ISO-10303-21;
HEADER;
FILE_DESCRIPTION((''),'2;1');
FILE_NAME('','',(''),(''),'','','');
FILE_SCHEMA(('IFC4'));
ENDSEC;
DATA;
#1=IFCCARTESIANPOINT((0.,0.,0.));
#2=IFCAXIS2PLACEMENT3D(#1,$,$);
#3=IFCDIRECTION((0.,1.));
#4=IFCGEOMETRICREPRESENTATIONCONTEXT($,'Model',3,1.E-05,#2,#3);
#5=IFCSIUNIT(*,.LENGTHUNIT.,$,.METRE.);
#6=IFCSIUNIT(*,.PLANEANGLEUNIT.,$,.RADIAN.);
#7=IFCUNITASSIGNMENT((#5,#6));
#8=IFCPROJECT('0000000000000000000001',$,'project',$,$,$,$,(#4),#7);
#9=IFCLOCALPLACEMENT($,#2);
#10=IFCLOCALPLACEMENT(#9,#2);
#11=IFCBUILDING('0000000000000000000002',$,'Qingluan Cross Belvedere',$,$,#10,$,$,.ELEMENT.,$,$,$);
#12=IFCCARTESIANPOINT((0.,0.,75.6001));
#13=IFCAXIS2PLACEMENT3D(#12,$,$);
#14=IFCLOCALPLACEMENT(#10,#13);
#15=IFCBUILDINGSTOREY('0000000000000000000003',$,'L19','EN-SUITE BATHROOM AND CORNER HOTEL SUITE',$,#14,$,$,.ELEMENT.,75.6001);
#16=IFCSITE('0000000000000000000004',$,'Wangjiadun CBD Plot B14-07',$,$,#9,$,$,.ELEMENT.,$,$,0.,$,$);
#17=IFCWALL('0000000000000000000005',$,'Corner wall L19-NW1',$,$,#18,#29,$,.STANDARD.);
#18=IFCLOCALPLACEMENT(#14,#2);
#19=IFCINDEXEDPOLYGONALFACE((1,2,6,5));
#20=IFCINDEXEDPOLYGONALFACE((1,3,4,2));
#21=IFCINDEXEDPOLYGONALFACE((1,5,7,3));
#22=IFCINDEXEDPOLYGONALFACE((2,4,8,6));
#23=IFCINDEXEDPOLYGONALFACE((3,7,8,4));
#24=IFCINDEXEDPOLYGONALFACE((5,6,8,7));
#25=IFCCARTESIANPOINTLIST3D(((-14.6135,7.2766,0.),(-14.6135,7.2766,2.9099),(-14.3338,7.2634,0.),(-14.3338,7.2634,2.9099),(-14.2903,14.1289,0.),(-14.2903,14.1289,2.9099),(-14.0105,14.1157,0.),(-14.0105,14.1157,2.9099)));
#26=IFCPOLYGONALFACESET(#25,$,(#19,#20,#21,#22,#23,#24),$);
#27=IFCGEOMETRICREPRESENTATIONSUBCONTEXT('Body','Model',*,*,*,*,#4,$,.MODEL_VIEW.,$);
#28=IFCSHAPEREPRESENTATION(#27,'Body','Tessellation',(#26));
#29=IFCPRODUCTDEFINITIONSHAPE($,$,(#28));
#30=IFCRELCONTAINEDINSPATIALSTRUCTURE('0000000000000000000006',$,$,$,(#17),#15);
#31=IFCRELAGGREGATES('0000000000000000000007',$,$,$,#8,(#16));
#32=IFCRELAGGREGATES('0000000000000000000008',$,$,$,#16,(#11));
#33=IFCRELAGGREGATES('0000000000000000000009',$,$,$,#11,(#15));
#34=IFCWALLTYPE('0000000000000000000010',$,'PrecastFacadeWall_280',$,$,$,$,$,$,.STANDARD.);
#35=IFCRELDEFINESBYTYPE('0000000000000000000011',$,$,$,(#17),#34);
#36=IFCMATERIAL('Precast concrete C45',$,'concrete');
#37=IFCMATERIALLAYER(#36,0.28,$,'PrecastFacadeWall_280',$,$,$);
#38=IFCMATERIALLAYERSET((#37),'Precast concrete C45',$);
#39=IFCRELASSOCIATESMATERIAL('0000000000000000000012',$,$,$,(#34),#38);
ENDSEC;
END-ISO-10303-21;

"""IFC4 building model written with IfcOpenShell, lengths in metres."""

from ifc_helpers import new_model, si_unit, direction, frame, frame_2d, origin, place, context, subcontext, project, spatial, rectangle, extrude, material, layer, layer_set, type_object, element, save


model = new_model("IFC4")

# Units and contexts
model_context = context("Model", 3, precision=1e-05, world=origin(), true_north=direction((0.0, 1.0)))
body_context = subcontext(model_context, "Body", "Model", "MODEL_VIEW")
ifc_project = project(units=[si_unit("LENGTHUNIT", "METRE"), si_unit("PLANEANGLEUNIT", "RADIAN")], contexts=[model_context])

# Site, building, storey
site_placement = place(None, origin())
site = spatial("IfcSite", under=ifc_project, at=site_placement, Name="Wangjiadun CBD Plot B14-07", CompositionType="ELEMENT", RefElevation=0.0)
building_placement = place(site_placement, origin())
building = spatial("IfcBuilding", under=site, at=building_placement, Name="Qingluan Cross Belvedere", CompositionType="ELEMENT")
storey_placement = place(building_placement, frame((0.0, 0.0, 75.6001)))
storey = spatial("IfcBuildingStorey", under=building, at=storey_placement, Name="L19", Description="EN-SUITE BATHROOM AND CORNER HOTEL SUITE", CompositionType="ELEMENT", Elevation=75.6001)

# Shared definitions
ifc_material_1 = material(Name="Precast concrete C45", Category="concrete")
ifc_layer_1 = layer(ifc_material_1, 0.28, Name="PrecastFacadeWall_280")
ifc_layer_set_1 = layer_set([ifc_layer_1], Name="Precast concrete C45")
wall_type_1 = type_object("IfcWallType", Name="PrecastFacadeWall_280", PredefinedType="STANDARD", material=ifc_layer_set_1)

# Wall
wall_1_placement = place(storey_placement, frame((-14.4736, 7.27, 0.0), z_axis=(0.0, 0.0, 1.0), x_axis=(0.04712, 0.998889, 0.0)))
element("IfcWall", 1, at=wall_1_placement, inside=storey, type_object=wall_type_1, Name="Corner wall L19-NW1", PredefinedType="STANDARD", context=body_context, shape_type="SweptSolid", body=[
    extrude(rectangle(XDim=6.8599, YDim=0.28, at=frame_2d((3.4299, 0.0))), origin(), (0.0, 0.0, 1.0), 2.9099),
])

save(model, "model.ifc")
